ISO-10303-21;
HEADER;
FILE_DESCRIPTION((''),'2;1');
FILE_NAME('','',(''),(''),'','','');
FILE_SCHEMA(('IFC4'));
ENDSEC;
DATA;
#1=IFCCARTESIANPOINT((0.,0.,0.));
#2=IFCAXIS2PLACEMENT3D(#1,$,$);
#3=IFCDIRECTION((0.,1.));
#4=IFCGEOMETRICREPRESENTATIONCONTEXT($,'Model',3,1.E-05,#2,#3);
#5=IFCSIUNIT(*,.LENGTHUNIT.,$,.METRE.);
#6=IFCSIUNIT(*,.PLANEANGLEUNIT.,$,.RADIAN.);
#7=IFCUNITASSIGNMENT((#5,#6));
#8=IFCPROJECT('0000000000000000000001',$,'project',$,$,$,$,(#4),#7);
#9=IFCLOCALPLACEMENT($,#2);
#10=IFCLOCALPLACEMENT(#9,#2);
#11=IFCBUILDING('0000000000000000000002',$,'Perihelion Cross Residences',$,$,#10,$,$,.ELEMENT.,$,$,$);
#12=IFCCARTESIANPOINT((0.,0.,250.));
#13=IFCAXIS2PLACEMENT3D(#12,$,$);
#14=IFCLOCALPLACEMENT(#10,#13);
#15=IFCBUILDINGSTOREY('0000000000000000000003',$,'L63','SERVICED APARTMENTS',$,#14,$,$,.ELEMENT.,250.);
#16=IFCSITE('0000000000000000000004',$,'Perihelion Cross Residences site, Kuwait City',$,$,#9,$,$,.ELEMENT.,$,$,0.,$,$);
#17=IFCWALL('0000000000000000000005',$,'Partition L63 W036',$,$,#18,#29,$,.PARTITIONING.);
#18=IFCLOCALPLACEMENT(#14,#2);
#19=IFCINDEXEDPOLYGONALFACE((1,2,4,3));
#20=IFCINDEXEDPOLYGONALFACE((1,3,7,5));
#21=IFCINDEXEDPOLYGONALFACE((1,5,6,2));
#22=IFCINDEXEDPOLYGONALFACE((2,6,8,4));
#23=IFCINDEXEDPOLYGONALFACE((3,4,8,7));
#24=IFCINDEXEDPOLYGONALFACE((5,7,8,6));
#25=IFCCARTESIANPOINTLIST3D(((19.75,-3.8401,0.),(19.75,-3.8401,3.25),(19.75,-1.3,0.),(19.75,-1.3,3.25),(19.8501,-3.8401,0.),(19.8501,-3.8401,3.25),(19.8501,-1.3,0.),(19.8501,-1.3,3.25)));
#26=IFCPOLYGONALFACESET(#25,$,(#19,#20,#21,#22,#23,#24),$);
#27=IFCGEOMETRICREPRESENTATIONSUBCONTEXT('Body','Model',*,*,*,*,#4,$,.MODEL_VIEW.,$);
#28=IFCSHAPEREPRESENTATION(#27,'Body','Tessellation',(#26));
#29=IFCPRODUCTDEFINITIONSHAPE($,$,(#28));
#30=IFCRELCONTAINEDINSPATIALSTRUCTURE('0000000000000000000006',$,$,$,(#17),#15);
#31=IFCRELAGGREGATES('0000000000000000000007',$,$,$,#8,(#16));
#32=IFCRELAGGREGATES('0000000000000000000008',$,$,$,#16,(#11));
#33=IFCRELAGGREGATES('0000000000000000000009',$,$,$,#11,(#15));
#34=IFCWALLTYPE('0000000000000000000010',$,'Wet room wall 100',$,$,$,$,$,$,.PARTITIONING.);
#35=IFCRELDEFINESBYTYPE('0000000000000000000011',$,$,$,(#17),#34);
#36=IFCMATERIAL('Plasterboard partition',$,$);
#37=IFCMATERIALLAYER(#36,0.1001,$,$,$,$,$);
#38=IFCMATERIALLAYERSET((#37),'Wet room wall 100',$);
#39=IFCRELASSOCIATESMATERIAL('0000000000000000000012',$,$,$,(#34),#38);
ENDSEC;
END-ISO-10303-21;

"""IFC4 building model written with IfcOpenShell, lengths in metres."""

from ifc_helpers import new_model, si_unit, direction, frame, frame_2d, origin, place, context, subcontext, project, spatial, rectangle, extrude, material, layer, layer_set, type_object, element, save


model = new_model("IFC4")

# Units and contexts
model_context = context("Model", 3, precision=1e-05, world=origin(), true_north=direction((0.0, 1.0)))
body_context = subcontext(model_context, "Body", "Model", "MODEL_VIEW")
ifc_project = project(units=[si_unit("LENGTHUNIT", "METRE"), si_unit("PLANEANGLEUNIT", "RADIAN")], contexts=[model_context])

# Site, building, storey
site_placement = place(None, origin())
site = spatial("IfcSite", under=ifc_project, at=site_placement, Name="Perihelion Cross Residences site, Kuwait City", CompositionType="ELEMENT", RefElevation=0.0)
building_placement = place(site_placement, origin())
building = spatial("IfcBuilding", under=site, at=building_placement, Name="Perihelion Cross Residences", CompositionType="ELEMENT")
storey_placement = place(building_placement, frame((0.0, 0.0, 250.0)))
storey = spatial("IfcBuildingStorey", under=building, at=storey_placement, Name="L63", Description="SERVICED APARTMENTS", CompositionType="ELEMENT", Elevation=250.0)

# Shared definitions
ifc_material_1 = material(Name="Plasterboard partition")
ifc_layer_1 = layer(ifc_material_1, 0.1001)
ifc_layer_set_1 = layer_set([ifc_layer_1], Name="Wet room wall 100")
wall_type_1 = type_object("IfcWallType", Name="Wet room wall 100", PredefinedType="PARTITIONING", material=ifc_layer_set_1)

# Wall
for number, where, z_axis, x_axis, name in (
    (1, (19.8, -1.3, 0.0), (0.0, 0.0, 1.0), (0.0, -1.0, 0.0), "Partition L63 W036"),
):
    element("IfcWall", number, at=place(storey_placement, frame(where, z_axis=z_axis, x_axis=x_axis)), inside=storey, type_object=wall_type_1, Name=name, PredefinedType="PARTITIONING", context=body_context, shape_type="SweptSolid", body=[
        extrude(rectangle(XDim=2.54, YDim=0.1001, at=frame_2d((1.27, 0.0))), origin(), (0.0, 0.0, 1.0), 3.25),
    ])

save(model, "model.ifc")
